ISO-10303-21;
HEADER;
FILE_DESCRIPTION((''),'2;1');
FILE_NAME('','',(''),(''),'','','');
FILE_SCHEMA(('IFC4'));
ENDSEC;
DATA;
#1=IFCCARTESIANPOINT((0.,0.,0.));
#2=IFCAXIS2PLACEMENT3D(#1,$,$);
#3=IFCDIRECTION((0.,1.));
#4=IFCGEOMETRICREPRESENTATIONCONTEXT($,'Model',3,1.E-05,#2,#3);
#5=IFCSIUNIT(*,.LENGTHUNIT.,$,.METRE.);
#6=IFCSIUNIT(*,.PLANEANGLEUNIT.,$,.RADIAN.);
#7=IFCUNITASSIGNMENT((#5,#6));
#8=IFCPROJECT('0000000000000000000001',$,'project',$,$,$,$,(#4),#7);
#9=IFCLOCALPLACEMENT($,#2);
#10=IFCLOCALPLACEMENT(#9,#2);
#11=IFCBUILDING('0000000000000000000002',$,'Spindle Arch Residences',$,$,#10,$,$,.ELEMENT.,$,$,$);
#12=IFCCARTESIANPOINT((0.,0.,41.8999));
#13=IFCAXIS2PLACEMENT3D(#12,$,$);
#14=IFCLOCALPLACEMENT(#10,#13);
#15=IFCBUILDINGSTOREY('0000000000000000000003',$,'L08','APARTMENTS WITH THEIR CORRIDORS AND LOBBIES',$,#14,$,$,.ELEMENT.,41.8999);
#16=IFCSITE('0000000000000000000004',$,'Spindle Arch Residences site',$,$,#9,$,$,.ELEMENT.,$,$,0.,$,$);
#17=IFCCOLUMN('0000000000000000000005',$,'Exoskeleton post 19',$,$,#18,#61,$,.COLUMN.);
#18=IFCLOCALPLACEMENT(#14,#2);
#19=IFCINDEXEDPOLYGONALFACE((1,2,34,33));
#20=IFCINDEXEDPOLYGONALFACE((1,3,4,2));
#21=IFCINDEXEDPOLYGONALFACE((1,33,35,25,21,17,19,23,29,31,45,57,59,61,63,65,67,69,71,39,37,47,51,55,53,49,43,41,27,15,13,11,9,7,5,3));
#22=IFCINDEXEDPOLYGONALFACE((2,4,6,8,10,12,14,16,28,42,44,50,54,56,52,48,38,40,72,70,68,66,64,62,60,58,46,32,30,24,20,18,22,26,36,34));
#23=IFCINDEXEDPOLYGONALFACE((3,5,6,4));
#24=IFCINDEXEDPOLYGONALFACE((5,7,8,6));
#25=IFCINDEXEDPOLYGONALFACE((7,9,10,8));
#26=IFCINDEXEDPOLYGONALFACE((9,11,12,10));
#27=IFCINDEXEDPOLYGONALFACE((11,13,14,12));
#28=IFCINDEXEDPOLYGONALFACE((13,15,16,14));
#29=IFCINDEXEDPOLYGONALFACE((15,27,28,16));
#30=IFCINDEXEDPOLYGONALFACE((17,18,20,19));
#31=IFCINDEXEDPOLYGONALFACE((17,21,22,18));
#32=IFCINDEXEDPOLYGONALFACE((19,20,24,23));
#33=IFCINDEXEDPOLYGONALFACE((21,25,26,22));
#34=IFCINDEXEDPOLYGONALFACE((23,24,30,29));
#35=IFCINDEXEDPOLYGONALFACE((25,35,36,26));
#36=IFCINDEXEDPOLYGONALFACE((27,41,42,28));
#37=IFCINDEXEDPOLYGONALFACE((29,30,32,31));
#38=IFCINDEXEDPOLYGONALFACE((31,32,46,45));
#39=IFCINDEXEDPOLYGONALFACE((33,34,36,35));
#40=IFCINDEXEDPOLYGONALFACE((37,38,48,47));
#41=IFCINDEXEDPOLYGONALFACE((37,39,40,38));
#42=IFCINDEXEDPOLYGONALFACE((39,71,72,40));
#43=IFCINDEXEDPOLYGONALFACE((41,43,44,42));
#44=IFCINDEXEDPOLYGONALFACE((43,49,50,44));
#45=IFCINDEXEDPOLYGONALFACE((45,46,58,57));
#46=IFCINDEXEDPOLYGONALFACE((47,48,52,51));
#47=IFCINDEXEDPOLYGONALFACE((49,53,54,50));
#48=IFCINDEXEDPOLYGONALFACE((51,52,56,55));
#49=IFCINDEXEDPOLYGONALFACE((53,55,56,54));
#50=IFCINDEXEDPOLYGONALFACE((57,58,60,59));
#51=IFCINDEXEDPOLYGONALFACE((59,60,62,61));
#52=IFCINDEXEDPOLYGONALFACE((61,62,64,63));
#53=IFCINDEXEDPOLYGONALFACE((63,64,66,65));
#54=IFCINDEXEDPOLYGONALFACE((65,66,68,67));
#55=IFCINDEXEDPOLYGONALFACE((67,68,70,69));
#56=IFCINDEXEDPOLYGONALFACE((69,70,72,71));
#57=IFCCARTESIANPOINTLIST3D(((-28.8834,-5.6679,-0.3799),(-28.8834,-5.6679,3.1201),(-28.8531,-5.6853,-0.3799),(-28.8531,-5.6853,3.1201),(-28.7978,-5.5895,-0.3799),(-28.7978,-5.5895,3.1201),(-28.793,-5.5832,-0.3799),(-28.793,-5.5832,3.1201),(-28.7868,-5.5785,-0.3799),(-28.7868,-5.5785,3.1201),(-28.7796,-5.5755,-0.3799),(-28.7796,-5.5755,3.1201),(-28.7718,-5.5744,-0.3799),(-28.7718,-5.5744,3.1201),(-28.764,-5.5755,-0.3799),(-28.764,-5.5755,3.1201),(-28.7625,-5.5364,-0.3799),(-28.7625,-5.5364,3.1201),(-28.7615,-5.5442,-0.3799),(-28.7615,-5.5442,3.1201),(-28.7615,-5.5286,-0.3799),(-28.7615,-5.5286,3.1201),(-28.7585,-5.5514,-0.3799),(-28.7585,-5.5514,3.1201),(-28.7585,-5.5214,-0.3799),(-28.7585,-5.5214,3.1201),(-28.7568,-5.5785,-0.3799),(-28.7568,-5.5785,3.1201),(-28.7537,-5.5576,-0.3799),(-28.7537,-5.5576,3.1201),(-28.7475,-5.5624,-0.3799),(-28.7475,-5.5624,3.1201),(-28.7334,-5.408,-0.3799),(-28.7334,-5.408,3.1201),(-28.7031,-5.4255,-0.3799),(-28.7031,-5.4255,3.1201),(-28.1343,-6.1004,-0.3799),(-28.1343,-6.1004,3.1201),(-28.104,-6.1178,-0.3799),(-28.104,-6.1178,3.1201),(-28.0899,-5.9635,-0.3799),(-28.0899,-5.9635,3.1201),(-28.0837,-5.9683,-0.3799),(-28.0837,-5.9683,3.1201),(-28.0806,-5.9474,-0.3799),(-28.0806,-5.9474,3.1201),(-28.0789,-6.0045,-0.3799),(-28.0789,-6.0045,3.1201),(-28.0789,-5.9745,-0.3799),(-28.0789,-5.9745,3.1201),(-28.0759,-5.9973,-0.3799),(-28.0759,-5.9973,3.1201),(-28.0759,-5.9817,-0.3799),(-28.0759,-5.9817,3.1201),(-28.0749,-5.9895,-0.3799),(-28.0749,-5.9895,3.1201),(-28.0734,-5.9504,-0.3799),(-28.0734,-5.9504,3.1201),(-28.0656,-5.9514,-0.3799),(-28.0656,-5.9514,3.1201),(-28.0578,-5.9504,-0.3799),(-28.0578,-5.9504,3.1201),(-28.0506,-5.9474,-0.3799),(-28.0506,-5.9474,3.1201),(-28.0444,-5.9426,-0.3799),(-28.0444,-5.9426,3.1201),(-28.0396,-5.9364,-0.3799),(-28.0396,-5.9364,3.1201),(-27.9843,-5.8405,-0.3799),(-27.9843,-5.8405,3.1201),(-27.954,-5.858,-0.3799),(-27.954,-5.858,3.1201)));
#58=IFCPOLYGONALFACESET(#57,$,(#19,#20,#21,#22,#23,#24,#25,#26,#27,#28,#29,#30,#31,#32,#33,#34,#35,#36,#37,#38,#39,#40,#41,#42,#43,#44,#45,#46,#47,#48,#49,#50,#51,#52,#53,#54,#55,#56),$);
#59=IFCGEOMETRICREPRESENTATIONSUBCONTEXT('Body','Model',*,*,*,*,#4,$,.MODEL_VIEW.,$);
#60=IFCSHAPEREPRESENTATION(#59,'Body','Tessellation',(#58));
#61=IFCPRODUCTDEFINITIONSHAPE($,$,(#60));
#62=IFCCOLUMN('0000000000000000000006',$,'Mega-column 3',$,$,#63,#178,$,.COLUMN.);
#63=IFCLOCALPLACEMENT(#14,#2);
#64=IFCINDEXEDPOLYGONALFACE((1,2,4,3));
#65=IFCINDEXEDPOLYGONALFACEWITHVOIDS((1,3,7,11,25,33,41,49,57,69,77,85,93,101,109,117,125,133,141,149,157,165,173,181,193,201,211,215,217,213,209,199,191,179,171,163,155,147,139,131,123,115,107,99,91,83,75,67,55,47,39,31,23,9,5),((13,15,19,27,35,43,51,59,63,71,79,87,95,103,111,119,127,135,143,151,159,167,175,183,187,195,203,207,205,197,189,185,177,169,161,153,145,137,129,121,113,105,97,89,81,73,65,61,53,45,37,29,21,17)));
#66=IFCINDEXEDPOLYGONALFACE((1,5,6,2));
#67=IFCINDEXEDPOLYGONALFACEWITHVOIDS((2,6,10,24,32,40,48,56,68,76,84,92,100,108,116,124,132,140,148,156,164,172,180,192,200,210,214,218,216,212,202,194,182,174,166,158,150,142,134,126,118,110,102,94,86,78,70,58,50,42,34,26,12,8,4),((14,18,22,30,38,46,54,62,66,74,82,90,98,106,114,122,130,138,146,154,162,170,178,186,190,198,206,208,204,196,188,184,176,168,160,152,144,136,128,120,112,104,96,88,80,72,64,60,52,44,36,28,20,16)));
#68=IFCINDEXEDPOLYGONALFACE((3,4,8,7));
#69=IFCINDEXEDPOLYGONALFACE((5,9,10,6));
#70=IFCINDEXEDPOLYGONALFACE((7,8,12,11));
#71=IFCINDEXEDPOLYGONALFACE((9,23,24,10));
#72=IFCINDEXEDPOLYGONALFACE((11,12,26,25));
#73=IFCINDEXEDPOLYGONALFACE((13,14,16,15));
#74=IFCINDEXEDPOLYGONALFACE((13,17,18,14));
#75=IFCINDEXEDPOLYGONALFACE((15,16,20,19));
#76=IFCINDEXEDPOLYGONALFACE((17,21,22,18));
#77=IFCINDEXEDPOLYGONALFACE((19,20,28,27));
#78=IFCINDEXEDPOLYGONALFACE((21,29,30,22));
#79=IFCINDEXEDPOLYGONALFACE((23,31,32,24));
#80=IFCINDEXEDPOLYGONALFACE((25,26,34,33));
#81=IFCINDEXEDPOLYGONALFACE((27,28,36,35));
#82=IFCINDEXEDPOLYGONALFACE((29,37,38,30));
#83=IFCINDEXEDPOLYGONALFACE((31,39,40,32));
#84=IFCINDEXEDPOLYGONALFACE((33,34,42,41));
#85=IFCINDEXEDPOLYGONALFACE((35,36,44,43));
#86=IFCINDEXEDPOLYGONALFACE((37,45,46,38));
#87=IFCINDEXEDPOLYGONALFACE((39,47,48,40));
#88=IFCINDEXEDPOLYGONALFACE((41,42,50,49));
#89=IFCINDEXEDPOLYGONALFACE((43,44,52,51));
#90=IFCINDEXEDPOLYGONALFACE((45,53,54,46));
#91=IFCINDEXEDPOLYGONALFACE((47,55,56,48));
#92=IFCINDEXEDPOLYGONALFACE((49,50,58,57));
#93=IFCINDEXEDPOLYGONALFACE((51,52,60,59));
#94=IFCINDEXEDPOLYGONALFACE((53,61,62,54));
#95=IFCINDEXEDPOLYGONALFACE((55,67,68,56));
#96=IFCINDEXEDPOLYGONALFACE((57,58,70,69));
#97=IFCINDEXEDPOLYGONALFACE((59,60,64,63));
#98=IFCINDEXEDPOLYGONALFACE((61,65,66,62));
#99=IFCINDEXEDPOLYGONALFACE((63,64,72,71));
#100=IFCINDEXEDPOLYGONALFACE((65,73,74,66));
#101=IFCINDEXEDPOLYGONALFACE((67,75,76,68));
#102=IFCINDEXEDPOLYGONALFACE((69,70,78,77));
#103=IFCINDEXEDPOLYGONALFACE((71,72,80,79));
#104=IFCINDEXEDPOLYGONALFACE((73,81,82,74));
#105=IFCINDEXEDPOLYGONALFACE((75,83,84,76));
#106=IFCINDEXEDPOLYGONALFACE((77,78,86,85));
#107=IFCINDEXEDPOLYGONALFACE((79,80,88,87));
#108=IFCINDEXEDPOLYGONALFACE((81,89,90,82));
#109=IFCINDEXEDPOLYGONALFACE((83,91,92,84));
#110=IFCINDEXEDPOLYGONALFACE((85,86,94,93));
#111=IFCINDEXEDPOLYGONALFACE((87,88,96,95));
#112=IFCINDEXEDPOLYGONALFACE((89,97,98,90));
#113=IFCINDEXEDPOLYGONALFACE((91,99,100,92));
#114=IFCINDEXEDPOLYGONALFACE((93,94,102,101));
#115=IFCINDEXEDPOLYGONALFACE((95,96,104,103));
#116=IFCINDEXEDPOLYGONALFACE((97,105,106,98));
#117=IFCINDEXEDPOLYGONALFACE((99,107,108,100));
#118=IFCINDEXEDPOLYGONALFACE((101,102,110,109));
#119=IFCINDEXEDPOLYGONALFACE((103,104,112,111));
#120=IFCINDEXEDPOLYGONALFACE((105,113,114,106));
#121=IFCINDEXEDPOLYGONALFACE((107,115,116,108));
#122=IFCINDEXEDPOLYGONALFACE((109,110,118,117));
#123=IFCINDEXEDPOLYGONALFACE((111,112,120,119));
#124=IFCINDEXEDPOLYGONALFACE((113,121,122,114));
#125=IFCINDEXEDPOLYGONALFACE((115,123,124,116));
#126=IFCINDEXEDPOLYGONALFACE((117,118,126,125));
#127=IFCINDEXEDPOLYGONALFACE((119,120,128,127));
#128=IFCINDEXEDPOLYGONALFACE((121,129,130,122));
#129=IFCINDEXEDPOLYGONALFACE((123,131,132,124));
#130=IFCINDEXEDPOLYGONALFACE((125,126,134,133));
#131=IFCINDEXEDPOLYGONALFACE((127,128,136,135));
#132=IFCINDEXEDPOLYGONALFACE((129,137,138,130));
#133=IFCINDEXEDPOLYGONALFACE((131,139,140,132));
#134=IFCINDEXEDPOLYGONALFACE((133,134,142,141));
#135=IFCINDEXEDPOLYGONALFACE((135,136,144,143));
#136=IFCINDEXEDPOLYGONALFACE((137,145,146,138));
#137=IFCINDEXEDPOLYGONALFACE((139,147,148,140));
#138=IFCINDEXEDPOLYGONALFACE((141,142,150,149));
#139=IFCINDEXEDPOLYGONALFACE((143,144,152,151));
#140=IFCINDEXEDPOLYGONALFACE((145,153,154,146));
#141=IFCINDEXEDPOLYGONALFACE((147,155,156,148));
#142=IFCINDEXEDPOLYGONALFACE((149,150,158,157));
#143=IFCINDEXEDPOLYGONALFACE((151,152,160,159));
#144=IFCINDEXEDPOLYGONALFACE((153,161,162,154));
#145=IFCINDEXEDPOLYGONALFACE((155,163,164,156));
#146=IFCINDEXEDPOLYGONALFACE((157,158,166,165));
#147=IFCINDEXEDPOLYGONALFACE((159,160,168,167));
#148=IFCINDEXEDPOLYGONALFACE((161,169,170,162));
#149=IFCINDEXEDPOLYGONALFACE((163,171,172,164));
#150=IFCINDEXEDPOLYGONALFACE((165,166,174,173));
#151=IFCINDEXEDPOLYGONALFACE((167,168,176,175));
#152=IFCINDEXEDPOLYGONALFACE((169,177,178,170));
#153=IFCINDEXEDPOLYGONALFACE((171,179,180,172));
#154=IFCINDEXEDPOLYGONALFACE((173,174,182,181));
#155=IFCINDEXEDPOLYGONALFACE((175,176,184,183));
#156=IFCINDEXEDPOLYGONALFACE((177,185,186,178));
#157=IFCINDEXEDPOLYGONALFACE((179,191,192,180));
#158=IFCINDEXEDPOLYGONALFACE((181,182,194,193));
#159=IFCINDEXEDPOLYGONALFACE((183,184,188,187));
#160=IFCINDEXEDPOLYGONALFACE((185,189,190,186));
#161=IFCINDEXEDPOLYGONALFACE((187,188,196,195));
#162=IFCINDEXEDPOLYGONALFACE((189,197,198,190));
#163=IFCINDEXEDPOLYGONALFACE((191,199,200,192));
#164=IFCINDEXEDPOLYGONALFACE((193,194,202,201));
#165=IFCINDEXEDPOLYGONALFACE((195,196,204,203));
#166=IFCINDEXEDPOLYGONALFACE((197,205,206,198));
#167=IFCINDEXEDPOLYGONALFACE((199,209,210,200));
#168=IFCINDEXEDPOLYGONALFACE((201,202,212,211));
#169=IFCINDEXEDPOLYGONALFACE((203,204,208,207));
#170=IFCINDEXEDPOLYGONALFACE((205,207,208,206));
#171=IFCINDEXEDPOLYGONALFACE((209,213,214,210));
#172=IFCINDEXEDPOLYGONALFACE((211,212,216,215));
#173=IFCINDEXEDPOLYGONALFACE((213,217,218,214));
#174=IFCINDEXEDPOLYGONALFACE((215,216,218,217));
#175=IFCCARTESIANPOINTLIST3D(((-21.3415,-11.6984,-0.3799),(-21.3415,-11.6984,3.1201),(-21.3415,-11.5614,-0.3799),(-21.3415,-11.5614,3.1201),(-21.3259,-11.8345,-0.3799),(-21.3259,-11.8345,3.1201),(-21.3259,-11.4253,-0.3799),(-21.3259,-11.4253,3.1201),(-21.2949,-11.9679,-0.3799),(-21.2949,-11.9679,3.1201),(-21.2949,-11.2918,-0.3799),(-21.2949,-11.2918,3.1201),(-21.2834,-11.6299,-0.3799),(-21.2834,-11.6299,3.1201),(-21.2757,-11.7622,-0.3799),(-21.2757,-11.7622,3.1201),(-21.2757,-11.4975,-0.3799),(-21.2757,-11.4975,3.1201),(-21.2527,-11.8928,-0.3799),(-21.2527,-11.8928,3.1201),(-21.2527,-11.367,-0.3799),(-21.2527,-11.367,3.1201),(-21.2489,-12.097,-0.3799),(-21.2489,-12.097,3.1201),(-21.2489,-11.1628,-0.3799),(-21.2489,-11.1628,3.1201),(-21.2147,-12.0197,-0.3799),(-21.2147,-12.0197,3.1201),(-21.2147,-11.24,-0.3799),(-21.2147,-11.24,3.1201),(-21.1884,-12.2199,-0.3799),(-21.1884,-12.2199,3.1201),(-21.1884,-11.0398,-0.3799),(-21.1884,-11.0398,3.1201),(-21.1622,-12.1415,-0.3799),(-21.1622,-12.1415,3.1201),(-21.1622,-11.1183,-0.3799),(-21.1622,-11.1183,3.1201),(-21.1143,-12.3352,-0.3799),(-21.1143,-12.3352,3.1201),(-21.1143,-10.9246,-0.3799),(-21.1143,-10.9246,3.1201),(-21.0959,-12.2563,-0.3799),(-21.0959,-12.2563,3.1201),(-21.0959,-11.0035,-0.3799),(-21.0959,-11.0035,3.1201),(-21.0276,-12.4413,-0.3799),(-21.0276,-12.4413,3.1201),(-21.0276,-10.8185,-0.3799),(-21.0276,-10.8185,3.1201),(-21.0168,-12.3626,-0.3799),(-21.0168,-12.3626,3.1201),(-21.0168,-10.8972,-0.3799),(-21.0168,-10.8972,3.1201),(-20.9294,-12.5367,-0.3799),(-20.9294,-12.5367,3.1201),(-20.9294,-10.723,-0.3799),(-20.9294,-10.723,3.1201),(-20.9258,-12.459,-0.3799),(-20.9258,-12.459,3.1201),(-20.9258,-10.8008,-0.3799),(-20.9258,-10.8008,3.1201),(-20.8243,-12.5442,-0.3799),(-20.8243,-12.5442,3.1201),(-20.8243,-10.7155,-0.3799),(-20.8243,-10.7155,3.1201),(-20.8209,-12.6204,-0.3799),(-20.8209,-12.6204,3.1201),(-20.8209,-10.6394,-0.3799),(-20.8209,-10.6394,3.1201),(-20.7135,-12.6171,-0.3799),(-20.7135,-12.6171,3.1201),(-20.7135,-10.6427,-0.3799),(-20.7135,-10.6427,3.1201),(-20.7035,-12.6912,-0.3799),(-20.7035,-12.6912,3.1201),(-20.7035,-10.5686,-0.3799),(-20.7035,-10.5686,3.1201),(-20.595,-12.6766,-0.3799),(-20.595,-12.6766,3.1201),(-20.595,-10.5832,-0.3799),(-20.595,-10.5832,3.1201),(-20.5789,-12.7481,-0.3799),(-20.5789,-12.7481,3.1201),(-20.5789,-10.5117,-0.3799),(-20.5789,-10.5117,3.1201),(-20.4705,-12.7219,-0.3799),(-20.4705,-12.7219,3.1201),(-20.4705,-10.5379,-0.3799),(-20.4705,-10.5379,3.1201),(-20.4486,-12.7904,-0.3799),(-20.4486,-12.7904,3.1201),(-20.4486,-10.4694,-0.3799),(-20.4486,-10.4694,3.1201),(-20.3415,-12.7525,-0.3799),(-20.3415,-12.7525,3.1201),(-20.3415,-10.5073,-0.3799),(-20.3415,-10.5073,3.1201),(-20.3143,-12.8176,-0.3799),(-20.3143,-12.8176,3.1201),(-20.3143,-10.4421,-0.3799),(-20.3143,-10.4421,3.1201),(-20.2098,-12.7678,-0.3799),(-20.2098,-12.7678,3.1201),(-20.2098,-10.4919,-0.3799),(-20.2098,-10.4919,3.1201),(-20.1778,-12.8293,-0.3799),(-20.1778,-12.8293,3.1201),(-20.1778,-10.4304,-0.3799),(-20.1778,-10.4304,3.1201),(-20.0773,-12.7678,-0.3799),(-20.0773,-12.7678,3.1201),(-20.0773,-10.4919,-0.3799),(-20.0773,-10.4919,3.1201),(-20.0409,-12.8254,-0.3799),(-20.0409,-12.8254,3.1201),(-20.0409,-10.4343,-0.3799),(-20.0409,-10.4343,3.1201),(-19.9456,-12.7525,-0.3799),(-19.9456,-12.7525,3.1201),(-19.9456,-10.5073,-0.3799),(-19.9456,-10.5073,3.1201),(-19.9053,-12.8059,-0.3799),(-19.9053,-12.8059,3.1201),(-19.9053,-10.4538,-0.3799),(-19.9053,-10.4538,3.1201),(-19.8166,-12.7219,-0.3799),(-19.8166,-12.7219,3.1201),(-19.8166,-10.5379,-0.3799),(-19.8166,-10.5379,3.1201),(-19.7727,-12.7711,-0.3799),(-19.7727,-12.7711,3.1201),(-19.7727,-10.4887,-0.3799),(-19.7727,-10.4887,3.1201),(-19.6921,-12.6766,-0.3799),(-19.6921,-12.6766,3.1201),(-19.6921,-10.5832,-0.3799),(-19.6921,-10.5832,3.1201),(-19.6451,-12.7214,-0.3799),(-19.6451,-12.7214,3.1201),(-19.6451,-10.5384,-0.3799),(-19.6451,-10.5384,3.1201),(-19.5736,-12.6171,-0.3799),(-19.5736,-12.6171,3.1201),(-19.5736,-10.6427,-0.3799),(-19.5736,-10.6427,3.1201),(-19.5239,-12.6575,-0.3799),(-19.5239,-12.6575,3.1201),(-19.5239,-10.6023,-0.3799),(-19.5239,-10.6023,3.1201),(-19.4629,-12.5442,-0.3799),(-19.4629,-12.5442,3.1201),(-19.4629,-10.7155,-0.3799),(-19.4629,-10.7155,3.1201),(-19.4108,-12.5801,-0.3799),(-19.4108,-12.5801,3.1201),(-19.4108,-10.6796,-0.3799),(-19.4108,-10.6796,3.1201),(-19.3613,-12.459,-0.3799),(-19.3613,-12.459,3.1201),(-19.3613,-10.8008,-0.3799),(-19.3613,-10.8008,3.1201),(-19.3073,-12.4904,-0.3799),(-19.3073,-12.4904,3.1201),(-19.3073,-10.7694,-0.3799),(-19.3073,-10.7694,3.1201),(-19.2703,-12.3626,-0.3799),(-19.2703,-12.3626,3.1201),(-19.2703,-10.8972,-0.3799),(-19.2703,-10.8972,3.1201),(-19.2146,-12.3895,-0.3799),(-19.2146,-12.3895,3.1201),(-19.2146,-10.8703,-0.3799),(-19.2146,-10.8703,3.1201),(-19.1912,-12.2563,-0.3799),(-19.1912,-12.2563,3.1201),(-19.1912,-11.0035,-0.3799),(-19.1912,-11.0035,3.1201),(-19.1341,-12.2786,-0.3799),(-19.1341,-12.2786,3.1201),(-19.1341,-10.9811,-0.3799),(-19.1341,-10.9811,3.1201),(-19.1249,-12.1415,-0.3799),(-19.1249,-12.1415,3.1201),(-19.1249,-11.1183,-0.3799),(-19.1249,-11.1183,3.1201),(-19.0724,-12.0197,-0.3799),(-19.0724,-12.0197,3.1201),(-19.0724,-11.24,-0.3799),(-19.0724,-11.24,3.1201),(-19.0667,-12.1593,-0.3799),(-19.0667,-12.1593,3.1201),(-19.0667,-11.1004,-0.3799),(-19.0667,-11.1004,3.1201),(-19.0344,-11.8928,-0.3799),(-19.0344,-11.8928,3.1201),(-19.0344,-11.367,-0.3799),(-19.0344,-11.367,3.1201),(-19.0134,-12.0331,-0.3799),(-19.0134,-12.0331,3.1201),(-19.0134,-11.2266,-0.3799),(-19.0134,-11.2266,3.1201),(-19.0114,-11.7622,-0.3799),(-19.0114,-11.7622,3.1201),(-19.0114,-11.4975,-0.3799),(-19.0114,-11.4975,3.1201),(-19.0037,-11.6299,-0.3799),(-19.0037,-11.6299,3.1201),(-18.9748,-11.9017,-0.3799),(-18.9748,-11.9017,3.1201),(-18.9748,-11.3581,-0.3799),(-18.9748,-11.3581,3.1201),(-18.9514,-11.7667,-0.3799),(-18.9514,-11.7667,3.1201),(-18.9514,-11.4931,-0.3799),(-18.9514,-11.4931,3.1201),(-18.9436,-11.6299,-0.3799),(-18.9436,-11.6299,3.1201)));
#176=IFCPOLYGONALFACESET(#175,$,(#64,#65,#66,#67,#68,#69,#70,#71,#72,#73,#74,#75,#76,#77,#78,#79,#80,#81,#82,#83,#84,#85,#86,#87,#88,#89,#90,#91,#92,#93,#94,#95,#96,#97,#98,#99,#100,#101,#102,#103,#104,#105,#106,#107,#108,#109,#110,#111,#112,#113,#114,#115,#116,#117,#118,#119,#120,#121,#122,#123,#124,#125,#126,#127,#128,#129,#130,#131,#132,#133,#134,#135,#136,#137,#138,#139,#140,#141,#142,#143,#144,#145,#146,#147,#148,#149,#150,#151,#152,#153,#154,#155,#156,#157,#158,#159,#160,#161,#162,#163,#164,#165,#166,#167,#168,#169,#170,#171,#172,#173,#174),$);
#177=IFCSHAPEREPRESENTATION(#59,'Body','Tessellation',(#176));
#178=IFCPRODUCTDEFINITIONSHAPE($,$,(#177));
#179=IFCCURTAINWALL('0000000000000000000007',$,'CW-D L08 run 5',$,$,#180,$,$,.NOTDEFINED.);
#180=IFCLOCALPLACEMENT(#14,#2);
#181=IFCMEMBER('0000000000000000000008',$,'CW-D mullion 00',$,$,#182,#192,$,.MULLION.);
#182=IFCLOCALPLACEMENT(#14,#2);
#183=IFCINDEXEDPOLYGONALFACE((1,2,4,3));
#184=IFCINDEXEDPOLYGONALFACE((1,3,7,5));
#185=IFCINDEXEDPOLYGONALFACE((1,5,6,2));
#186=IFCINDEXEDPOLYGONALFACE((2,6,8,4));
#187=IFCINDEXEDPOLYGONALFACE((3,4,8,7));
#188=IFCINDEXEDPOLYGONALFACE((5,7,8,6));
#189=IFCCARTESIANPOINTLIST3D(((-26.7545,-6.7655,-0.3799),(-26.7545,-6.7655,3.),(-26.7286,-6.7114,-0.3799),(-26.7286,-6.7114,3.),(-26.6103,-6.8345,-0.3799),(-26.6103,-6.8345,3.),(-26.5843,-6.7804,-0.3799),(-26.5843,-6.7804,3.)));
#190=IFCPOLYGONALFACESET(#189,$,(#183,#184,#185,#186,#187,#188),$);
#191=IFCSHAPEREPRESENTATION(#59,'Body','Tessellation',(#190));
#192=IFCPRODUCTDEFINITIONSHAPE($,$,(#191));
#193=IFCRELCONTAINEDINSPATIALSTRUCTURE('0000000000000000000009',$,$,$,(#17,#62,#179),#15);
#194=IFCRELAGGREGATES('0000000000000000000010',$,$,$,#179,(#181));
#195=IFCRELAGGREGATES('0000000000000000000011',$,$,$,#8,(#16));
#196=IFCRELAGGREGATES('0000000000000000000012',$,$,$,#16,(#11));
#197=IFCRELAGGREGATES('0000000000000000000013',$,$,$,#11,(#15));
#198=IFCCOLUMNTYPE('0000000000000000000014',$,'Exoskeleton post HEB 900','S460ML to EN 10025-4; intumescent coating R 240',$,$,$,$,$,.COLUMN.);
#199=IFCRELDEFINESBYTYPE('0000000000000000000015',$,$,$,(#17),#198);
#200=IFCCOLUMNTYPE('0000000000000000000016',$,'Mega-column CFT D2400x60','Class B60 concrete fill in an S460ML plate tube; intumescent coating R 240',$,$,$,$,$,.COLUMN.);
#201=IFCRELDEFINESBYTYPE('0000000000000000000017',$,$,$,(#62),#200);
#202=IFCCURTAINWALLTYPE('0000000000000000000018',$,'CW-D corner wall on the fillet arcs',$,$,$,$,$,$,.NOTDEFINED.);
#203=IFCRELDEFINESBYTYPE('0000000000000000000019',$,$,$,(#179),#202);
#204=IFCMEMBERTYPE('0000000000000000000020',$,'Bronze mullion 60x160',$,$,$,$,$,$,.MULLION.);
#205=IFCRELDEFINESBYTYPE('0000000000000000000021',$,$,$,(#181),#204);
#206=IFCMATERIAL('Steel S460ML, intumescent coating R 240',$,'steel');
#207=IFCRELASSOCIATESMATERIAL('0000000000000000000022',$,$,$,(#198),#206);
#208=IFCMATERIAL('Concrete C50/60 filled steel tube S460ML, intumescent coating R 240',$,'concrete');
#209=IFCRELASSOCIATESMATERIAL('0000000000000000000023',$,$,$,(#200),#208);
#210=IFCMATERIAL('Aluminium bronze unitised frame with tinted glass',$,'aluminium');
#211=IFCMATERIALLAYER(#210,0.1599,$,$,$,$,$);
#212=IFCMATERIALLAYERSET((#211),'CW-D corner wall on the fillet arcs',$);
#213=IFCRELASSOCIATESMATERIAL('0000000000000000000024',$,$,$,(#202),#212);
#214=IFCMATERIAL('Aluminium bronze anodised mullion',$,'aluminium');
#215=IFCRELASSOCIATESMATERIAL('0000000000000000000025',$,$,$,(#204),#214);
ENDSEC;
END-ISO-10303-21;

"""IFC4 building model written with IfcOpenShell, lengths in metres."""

from ifc_helpers import new_model, si_unit, direction, frame, origin, origin_2d, place, context, subcontext, project, spatial, rectangle, hollow_circle, i_section, extrude, material, layer, layer_set, material_profile, profile_set, type_object, element, aggregate, save


model = new_model("IFC4")

# Units and contexts
model_context = context("Model", 3, precision=1e-05, world=origin(), true_north=direction((0.0, 1.0)))
body_context = subcontext(model_context, "Body", "Model", "MODEL_VIEW")
ifc_project = project(units=[si_unit("LENGTHUNIT", "METRE"), si_unit("PLANEANGLEUNIT", "RADIAN")], contexts=[model_context])

# Site, building, storey
site_placement = place(None, origin())
site = spatial("IfcSite", under=ifc_project, at=site_placement, Name="Spindle Arch Residences site", CompositionType="ELEMENT", RefElevation=0.0)
building_placement = place(site_placement, origin())
building = spatial("IfcBuilding", under=site, at=building_placement, Name="Spindle Arch Residences", CompositionType="ELEMENT")
storey_placement = place(building_placement, frame((0.0, 0.0, 41.8999)))
storey = spatial("IfcBuildingStorey", under=building, at=storey_placement, Name="L08", Description="APARTMENTS WITH THEIR CORRIDORS AND LOBBIES", CompositionType="ELEMENT", Elevation=41.8999)

# Columns
ifc_material_1 = material(Name="Steel S460ML, intumescent coating R 240", Category="steel")
ifc_material_profile_1 = material_profile(ifc_material_1, i_section(OverallWidth=0.3, OverallDepth=0.8999, WebThickness=0.0186, FlangeThickness=0.0349, FilletRadius=0.03, at=origin_2d()), Name="HEB 900")
ifc_profile_set_1 = profile_set([ifc_material_profile_1], Name="Steel S460ML, intumescent coating R 240")
column_type_1 = type_object("IfcColumnType", Name="Exoskeleton post HEB 900", Description="S460ML to EN 10025-4; intumescent coating R 240", PredefinedType="COLUMN", material=ifc_profile_set_1)
column_1_placement = place(storey_placement, frame((-28.4187, -5.7629, -0.3799), z_axis=(0.0, 0.0, 1.0), x_axis=(0.5, 0.866025, 0.0)))
element("IfcColumn", 1, at=column_1_placement, inside=storey, type_object=column_type_1, Name="Exoskeleton post 19", PredefinedType="COLUMN", context=body_context, shape_type="SweptSolid", body=[
    extrude(i_section(OverallWidth=0.3, OverallDepth=0.8999, WebThickness=0.0186, FlangeThickness=0.0349, FilletRadius=0.03, at=origin_2d()), origin(), (0.0, 0.0, 1.0), 3.5),
])
ifc_material_2 = material(Name="Concrete C50/60 filled steel tube S460ML, intumescent coating R 240", Category="concrete")
ifc_material_profile_2 = material_profile(ifc_material_2, hollow_circle(Radius=1.2, WallThickness=0.0601, at=origin_2d()), Name="CFT D2400x60")
ifc_profile_set_2 = profile_set([ifc_material_profile_2], Name="Concrete C50/60 filled steel tube S460ML, intumescent coating R 240")
column_type_2 = type_object("IfcColumnType", Name="Mega-column CFT D2400x60", Description="Class B60 concrete fill in an S460ML plate tube; intumescent coating R 240", PredefinedType="COLUMN", material=ifc_profile_set_2)
column_2_placement = place(storey_placement, frame((-20.1436, -11.6299, -0.3799), z_axis=(0.0, 0.0, 1.0), x_axis=(1.0, 0.0, 0.0)))
element("IfcColumn", 2, at=column_2_placement, inside=storey, type_object=column_type_2, Name="Mega-column 3", PredefinedType="COLUMN", context=body_context, shape_type="SweptSolid", body=[
    extrude(hollow_circle(Radius=1.2, WallThickness=0.0601, at=origin_2d()), origin(), (0.0, 0.0, 1.0), 3.5),
])

# Curtain wall, member
ifc_material_3 = material(Name="Aluminium bronze unitised frame with tinted glass", Category="aluminium")
ifc_layer_1 = layer(ifc_material_3, 0.1599)
ifc_layer_set_1 = layer_set([ifc_layer_1], Name="CW-D corner wall on the fillet arcs")
curtain_wall_type_1 = type_object("IfcCurtainWallType", Name="CW-D corner wall on the fillet arcs", PredefinedType="NOTDEFINED", material=ifc_layer_set_1)
curtain_wall_1_placement = place(storey_placement, origin())
curtain_wall_1 = element("IfcCurtainWall", 3, at=curtain_wall_1_placement, inside=storey, type_object=curtain_wall_type_1, Name="CW-D L08 run 5", PredefinedType="NOTDEFINED")
ifc_material_4 = material(Name="Aluminium bronze anodised mullion", Category="aluminium")
ifc_material_profile_3 = material_profile(ifc_material_4, rectangle(XDim=0.1599, YDim=0.0601, at=origin_2d()), Name="MU 60x160")
ifc_profile_set_3 = profile_set([ifc_material_profile_3], Name="Aluminium bronze anodised mullion")
member_type_1 = type_object("IfcMemberType", Name="Bronze mullion 60x160", PredefinedType="MULLION", material=ifc_profile_set_3)
member_1_placement = place(storey_placement, frame((-26.6694, -6.7729, -0.3799), z_axis=(0.0, 0.0, 1.0), x_axis=(0.902112, -0.431502, 0.0)))
member_1 = element("IfcMember", 4, at=member_1_placement, type_object=member_type_1, Name="CW-D mullion 00", PredefinedType="MULLION", context=body_context, shape_type="SweptSolid", body=[
    extrude(rectangle(XDim=0.1599, YDim=0.0601, at=origin_2d()), origin(), (0.0, 0.0, 1.0), 3.3799),
])

aggregate(curtain_wall_1, [member_1])

save(model, "model.ifc")
